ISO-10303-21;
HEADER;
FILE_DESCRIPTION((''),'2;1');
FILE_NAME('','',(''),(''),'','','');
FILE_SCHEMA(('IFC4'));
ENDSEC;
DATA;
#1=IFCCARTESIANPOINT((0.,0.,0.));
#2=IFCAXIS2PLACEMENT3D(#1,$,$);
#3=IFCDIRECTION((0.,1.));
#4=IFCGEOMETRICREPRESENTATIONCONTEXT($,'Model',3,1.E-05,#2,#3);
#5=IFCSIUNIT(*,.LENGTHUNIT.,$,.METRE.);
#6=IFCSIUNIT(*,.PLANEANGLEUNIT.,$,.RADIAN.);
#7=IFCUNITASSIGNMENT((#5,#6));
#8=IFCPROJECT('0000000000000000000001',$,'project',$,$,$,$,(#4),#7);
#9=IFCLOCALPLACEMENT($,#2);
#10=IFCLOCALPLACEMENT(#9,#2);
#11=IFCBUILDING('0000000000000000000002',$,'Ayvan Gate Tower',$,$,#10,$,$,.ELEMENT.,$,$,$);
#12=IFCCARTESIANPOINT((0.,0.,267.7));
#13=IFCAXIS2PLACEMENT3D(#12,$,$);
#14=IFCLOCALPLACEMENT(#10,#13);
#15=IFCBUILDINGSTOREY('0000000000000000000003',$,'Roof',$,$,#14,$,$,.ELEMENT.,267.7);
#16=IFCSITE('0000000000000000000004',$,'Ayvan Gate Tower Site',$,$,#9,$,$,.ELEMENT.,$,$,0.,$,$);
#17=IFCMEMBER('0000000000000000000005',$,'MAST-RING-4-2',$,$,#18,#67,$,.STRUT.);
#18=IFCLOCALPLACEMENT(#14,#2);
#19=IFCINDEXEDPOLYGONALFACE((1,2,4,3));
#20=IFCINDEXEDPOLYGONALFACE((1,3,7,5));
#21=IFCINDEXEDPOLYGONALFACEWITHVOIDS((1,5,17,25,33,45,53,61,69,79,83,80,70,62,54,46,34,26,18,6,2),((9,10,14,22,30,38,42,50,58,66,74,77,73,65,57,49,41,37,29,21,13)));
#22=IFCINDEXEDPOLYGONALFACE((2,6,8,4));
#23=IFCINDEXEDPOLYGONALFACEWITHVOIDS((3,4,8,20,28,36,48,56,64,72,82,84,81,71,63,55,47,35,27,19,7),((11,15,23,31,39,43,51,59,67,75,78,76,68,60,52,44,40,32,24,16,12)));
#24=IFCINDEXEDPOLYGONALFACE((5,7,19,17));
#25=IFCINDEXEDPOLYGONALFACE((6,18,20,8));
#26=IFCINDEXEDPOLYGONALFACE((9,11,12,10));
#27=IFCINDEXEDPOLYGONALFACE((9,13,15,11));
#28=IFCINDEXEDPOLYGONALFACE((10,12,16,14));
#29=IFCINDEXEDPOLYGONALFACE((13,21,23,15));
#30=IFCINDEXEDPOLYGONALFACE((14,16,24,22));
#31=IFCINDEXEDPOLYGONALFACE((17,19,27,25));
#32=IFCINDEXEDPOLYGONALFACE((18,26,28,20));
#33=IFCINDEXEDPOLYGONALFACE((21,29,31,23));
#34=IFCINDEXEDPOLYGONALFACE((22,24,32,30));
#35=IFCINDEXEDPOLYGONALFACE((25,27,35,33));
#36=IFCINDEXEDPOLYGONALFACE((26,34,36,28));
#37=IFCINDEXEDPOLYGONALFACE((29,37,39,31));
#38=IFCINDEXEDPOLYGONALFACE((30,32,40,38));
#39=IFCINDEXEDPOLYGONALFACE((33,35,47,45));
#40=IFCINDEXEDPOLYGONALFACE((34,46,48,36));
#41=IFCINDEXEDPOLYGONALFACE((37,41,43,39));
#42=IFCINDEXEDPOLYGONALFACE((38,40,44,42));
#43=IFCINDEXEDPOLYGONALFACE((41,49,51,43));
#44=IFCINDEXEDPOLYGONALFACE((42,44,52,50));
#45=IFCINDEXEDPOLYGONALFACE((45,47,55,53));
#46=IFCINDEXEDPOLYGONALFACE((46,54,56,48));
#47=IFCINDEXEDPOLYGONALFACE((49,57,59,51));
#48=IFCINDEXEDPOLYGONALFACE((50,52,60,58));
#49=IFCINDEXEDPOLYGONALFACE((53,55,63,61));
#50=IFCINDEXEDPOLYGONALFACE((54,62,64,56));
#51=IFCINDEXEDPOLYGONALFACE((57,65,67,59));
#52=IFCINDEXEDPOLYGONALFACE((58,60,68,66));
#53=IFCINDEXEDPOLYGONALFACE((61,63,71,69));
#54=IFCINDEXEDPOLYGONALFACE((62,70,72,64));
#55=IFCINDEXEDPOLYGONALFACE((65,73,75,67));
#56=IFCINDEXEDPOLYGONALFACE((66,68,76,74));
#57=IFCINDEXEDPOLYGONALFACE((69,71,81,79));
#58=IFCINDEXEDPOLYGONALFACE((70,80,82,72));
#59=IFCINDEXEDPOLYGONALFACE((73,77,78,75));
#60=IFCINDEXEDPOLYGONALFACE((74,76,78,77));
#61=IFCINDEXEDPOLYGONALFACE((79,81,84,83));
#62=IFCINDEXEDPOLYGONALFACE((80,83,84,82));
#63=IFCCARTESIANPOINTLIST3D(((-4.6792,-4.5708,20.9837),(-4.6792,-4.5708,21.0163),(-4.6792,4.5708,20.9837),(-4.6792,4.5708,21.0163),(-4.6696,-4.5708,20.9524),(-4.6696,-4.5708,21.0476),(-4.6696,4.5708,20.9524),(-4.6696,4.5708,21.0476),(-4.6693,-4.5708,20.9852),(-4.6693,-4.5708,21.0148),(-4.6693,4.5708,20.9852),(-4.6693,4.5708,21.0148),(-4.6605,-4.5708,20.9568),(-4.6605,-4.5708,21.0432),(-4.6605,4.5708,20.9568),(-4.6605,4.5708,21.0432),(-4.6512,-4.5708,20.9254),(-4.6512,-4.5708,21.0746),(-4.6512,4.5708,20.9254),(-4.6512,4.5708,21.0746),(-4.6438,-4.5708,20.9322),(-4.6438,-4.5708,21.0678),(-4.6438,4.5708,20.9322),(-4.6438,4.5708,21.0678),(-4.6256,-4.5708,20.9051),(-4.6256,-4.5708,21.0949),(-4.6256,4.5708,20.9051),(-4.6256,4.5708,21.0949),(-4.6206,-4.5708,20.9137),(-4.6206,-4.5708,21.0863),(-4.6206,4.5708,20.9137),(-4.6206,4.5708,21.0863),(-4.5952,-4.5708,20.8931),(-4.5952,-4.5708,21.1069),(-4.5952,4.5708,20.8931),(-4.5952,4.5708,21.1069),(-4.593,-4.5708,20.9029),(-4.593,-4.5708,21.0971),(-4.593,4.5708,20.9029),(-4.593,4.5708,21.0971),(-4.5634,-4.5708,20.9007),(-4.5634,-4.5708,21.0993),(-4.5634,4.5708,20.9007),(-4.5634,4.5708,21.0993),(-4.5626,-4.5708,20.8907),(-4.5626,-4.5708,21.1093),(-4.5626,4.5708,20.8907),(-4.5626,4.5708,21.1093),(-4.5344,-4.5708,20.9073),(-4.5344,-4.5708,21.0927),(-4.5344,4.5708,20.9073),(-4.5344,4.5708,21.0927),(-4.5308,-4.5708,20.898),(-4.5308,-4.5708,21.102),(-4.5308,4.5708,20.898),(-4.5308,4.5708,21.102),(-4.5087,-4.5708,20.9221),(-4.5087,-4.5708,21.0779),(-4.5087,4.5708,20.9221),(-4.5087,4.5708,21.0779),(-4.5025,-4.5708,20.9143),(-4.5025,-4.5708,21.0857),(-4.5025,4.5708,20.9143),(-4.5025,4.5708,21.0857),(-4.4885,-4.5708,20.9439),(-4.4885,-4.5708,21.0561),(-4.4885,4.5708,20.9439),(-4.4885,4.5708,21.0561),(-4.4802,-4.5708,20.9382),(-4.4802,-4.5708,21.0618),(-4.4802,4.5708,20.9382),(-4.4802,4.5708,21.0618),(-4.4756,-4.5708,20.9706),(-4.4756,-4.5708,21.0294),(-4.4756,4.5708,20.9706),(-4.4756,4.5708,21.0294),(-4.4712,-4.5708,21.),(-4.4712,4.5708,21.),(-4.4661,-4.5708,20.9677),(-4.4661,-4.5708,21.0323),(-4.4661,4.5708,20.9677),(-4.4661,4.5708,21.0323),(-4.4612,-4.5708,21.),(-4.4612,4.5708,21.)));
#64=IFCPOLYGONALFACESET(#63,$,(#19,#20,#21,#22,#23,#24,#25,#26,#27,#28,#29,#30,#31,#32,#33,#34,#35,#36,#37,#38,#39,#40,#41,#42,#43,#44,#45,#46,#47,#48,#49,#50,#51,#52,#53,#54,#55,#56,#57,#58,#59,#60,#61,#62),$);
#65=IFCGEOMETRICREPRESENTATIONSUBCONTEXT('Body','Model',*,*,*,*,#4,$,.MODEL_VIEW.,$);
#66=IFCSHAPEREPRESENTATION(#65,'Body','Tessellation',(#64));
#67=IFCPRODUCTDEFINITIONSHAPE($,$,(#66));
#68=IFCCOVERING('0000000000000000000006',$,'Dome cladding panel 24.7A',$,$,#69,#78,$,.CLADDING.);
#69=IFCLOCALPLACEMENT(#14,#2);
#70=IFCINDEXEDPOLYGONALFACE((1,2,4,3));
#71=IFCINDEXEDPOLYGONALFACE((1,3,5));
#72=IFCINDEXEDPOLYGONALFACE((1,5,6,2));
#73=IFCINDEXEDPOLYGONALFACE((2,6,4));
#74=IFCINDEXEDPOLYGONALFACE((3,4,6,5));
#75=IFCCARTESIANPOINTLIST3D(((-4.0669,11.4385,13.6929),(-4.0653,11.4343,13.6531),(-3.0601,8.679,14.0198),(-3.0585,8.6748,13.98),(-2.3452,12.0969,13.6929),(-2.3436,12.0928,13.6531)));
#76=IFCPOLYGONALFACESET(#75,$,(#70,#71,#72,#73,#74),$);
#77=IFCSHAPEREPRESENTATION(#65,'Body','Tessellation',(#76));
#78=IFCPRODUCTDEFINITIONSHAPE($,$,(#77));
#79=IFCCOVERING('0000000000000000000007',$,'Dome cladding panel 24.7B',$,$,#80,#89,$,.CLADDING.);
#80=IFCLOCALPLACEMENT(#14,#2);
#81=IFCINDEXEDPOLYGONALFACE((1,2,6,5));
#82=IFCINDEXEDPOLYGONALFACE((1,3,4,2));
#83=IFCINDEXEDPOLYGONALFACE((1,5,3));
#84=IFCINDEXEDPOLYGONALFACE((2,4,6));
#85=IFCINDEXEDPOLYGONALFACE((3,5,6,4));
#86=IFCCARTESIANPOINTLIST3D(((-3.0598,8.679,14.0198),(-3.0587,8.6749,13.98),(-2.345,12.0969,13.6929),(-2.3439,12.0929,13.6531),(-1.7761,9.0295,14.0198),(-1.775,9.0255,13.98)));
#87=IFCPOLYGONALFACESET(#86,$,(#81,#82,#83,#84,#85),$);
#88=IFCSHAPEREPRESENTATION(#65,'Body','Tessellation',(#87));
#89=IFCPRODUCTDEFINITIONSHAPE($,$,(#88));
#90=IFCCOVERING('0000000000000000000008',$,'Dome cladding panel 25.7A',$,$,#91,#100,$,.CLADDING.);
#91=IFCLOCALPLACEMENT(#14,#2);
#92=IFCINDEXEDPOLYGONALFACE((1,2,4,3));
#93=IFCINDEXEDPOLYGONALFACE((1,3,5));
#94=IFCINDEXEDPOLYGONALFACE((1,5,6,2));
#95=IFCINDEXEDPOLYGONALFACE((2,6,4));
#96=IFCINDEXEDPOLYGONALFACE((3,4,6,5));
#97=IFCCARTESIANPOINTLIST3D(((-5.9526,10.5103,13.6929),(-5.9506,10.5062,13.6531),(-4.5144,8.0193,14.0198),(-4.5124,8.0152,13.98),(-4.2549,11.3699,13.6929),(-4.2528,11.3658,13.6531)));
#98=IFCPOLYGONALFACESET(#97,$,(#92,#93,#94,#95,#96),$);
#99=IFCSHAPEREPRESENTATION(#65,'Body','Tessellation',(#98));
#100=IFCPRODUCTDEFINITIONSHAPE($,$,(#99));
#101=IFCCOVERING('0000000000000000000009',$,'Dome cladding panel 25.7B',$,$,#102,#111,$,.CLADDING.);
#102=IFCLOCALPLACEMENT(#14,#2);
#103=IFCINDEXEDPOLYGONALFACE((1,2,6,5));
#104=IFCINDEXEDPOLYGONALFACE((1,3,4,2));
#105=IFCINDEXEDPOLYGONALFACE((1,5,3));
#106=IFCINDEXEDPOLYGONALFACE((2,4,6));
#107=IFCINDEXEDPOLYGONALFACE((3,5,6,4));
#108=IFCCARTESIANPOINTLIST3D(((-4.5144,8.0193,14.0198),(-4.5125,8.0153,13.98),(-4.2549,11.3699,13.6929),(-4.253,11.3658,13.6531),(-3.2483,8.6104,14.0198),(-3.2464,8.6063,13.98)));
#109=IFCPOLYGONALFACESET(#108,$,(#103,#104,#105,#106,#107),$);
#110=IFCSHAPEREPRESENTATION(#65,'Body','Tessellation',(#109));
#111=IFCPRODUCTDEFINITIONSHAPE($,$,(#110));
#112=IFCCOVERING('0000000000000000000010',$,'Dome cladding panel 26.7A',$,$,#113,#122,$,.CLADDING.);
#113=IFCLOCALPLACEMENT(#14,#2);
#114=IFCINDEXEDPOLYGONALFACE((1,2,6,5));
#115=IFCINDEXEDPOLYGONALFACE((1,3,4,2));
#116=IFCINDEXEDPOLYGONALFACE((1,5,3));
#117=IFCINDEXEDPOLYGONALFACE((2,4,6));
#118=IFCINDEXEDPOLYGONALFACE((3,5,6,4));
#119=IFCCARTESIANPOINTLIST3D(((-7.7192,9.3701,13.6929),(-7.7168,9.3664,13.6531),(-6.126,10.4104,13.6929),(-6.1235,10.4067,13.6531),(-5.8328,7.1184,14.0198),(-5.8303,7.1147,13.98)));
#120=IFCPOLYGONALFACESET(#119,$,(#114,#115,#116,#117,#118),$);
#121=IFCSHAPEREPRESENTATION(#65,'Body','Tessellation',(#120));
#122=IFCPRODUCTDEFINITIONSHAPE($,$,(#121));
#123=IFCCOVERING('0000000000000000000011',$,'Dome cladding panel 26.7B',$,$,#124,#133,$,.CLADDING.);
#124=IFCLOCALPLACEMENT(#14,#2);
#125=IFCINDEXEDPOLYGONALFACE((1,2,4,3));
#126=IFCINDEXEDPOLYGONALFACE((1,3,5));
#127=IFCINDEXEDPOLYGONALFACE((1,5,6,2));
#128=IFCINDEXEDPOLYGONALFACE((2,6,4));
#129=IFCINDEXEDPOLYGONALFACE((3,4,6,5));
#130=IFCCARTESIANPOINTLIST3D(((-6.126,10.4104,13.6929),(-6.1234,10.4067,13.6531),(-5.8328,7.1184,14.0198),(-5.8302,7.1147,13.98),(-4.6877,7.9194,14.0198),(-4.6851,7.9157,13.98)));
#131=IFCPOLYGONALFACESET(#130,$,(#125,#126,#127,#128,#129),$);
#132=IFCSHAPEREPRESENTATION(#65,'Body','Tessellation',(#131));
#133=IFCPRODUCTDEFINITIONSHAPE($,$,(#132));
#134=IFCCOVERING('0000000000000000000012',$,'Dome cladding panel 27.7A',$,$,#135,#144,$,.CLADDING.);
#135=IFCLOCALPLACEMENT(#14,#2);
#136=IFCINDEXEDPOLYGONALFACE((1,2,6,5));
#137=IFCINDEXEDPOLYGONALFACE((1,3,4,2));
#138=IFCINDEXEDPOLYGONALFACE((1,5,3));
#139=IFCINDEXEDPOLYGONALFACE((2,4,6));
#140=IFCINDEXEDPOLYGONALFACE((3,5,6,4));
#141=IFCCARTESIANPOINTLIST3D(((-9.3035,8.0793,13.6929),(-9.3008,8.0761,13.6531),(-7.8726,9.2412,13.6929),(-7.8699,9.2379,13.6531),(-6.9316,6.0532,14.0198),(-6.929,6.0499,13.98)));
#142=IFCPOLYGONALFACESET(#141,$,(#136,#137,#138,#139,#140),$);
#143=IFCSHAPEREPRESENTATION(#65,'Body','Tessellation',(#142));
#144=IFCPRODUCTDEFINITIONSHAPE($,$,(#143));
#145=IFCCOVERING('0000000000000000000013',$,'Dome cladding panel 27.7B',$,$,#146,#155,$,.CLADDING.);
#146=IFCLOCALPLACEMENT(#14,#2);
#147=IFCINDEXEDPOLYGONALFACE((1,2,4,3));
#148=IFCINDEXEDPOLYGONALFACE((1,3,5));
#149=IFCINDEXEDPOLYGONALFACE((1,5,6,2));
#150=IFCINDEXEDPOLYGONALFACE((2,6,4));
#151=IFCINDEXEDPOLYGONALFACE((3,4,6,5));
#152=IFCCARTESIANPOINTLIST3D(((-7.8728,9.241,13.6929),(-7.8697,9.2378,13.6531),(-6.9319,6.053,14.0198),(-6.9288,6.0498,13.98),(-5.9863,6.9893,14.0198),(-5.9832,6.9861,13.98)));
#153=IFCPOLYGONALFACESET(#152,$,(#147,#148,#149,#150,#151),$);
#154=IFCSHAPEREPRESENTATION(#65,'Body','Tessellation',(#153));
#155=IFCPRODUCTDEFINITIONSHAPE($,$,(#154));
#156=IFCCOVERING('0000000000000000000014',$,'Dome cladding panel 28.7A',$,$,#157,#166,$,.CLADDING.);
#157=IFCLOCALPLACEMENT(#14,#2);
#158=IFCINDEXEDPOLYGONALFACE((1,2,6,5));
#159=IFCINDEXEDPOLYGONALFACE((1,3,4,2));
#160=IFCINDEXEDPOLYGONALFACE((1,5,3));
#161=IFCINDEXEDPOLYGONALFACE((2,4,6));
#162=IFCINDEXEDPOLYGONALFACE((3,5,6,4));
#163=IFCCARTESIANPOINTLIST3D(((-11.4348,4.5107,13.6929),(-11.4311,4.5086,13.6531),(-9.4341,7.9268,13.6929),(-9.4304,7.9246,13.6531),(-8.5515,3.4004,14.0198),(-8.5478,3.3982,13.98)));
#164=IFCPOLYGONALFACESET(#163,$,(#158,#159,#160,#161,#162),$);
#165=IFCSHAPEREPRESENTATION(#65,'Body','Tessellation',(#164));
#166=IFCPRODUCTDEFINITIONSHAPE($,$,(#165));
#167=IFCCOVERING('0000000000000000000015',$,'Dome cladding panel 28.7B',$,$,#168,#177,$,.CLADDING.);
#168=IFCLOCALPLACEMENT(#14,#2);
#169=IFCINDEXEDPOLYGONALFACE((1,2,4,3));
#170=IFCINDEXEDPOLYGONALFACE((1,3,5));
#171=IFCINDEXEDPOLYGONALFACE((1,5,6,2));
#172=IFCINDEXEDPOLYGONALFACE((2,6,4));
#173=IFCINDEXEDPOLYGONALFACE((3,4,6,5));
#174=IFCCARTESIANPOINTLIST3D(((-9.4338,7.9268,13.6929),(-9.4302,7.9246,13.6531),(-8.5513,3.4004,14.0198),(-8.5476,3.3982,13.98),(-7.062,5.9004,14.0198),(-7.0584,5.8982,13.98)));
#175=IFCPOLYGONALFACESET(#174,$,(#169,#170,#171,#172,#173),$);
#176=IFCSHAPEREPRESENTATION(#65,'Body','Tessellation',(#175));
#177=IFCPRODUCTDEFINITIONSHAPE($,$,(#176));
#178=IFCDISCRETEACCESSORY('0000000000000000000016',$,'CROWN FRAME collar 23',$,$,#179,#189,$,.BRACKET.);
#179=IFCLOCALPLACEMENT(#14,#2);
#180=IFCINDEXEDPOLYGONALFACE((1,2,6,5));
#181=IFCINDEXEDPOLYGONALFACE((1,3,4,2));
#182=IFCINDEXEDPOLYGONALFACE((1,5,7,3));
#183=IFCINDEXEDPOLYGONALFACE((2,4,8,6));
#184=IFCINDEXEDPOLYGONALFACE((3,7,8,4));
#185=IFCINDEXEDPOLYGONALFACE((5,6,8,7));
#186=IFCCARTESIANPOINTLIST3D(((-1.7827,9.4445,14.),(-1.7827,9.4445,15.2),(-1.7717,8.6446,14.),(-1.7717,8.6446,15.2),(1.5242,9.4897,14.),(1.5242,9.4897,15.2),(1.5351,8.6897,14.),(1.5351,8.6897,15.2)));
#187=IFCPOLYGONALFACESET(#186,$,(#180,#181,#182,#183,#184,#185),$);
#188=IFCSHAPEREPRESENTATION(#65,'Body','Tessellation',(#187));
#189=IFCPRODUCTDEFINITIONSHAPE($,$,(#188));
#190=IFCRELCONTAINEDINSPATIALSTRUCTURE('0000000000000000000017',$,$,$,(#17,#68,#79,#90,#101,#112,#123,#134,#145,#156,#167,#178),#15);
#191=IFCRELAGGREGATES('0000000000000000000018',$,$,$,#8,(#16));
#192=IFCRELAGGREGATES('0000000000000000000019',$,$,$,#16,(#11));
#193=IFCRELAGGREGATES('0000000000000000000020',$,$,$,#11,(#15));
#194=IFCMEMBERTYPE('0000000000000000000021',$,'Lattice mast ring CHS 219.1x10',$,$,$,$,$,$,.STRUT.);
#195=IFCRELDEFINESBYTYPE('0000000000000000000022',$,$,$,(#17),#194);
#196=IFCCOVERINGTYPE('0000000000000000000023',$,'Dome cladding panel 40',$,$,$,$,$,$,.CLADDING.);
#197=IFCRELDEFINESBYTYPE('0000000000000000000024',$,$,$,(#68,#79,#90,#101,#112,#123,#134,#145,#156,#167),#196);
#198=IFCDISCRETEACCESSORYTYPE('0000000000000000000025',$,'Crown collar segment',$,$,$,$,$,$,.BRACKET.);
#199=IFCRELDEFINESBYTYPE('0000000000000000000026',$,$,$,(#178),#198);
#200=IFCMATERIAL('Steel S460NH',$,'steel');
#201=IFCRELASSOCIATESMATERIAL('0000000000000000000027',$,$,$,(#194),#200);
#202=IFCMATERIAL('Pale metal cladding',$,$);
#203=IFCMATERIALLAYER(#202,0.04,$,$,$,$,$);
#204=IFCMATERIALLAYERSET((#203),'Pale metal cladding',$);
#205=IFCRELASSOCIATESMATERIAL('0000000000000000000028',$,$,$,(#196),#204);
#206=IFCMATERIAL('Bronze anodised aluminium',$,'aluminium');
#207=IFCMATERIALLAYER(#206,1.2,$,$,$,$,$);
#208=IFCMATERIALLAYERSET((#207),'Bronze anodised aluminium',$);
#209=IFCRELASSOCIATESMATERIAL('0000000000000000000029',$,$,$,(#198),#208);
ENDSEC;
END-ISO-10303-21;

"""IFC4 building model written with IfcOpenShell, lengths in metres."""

from ifc_helpers import new_model, si_unit, direction, frame, origin, origin_2d, place, context, subcontext, project, spatial, polyline, rectangle, hollow_circle, outline, extrude, material, layer, layer_set, material_profile, profile_set, type_object, element, save


model = new_model("IFC4")

# Units and contexts
model_context = context("Model", 3, precision=1e-05, world=origin(), true_north=direction((0.0, 1.0)))
body_context = subcontext(model_context, "Body", "Model", "MODEL_VIEW")
ifc_project = project(units=[si_unit("LENGTHUNIT", "METRE"), si_unit("PLANEANGLEUNIT", "RADIAN")], contexts=[model_context])

# Site, building, storey
site_placement = place(None, origin())
site = spatial("IfcSite", under=ifc_project, at=site_placement, Name="Ayvan Gate Tower Site", CompositionType="ELEMENT", RefElevation=0.0)
building_placement = place(site_placement, origin())
building = spatial("IfcBuilding", under=site, at=building_placement, Name="Ayvan Gate Tower", CompositionType="ELEMENT")
storey_placement = place(building_placement, frame((0.0, 0.0, 267.7)))
storey = spatial("IfcBuildingStorey", under=building, at=storey_placement, Name="Roof", CompositionType="ELEMENT", Elevation=267.7)

# Member
ifc_material_1 = material(Name="Steel S460NH", Category="steel")
ifc_material_profile_1 = material_profile(ifc_material_1, hollow_circle(Radius=0.1096, WallThickness=0.01, at=origin_2d()), Name="CHS 219.1x10")
ifc_profile_set_1 = profile_set([ifc_material_profile_1], Name="Steel S460NH")
member_type_1 = type_object("IfcMemberType", Name="Lattice mast ring CHS 219.1x10", PredefinedType="STRUT", material=ifc_profile_set_1)
member_1_placement = place(storey_placement, frame((-4.5708, 4.5708, 21.0), z_axis=(0.0, -1.0, 0.0), x_axis=(1.0, 0.0, 0.0)))
element("IfcMember", 1, at=member_1_placement, inside=storey, type_object=member_type_1, Name="MAST-RING-4-2", PredefinedType="STRUT", context=body_context, shape_type="SweptSolid", body=[
    extrude(hollow_circle(Radius=0.1096, WallThickness=0.01, at=origin_2d()), origin(), (0.0, 0.0, 1.0), 9.1416),
])

# Coverings
ifc_material_2 = material(Name="Pale metal cladding")
ifc_layer_1 = layer(ifc_material_2, 0.04)
ifc_layer_set_1 = layer_set([ifc_layer_1], Name="Pale metal cladding")
covering_type = type_object("IfcCoveringType", Name="Dome cladding panel 40", PredefinedType="CLADDING", material=ifc_layer_set_1)
covering_1_placement = place(storey_placement, frame((-2.3452, 12.0969, 13.6929), z_axis=(-0.039514, 0.10332, 0.993863), x_axis=(-0.934023, -0.357212, 0.0)))
element("IfcCovering", 2, at=covering_1_placement, inside=storey, type_object=covering_type, Name="Dome cladding panel 24.7A", PredefinedType="CLADDING", context=body_context, shape_type="SweptSolid", body=[
    extrude(outline(polyline([(0.0, 0.0), (1.8433, 0.0), (1.8886, 2.9552), (0.0, 0.0)])), origin(), (0.0, 0.0, -1.0), 0.04),
])
covering_2_placement = place(storey_placement, frame((-2.345, 12.0969, 13.6929), z_axis=(-0.027551, 0.100881, 0.994517), x_axis=(-0.203822, -0.974561, 0.09321)))
element("IfcCovering", 3, at=covering_2_placement, inside=storey, type_object=covering_type, Name="Dome cladding panel 24.7B", PredefinedType="CLADDING", context=body_context, shape_type="SweptSolid", body=[
    extrude(outline(polyline([(0.0, 0.0), (3.5072, 0.0), (2.9039, 1.1861), (0.0, 0.0)])), origin(), (0.0, 0.0, -1.0), 0.04),
])
covering_3_placement = place(storey_placement, frame((-4.2549, 11.3699, 13.6929), z_axis=(-0.051087, 0.100897, 0.993584), x_axis=(-0.892158, -0.451724, 0.0)))
element("IfcCovering", 4, at=covering_3_placement, inside=storey, type_object=covering_type, Name="Dome cladding panel 25.7A", PredefinedType="CLADDING", context=body_context, shape_type="SweptSolid", body=[
    extrude(outline(polyline([(0.0, 0.0), (1.903, 0.0), (1.7451, 2.8906), (0.0, 0.0)])), origin(), (0.0, 0.0, -1.0), 0.04),
])
covering_4_placement = place(storey_placement, frame((-4.2549, 11.3699, 13.6929), z_axis=(-0.046964, 0.100601, 0.993818), x_axis=(-0.076861, -0.99233, 0.096818)))
element("IfcCovering", 5, at=covering_4_placement, inside=storey, type_object=covering_type, Name="Dome cladding panel 25.7B", PredefinedType="CLADDING", context=body_context, shape_type="SweptSolid", body=[
    extrude(outline(polyline([(0.0, 0.0), (3.3765, 0.0), (2.6926, 1.2185), (0.0, 0.0)])), origin(), (0.0, 0.0, -1.0), 0.04),
])
covering_5_placement = place(storey_placement, frame((-6.126, 10.4104, 13.6929), z_axis=(-0.060893, 0.093261, 0.993778), x_axis=(-0.837322, -0.54671, 0.0)))
element("IfcCovering", 6, at=covering_5_placement, inside=storey, type_object=covering_type, Name="Dome cladding panel 26.7A", PredefinedType="CLADDING", context=body_context, shape_type="SweptSolid", body=[
    extrude(outline(polyline([(0.0, 0.0), (1.9028, 0.0), (1.5543, 2.935), (0.0, 0.0)])), origin(), (0.0, 0.0, -1.0), 0.04),
])
covering_6_placement = place(storey_placement, frame((-6.126, 10.4104, 13.6929), z_axis=(-0.064973, 0.092876, 0.993555), x_axis=(0.088286, -0.99122, 0.098431)))
element("IfcCovering", 7, at=covering_6_placement, inside=storey, type_object=covering_type, Name="Dome cladding panel 26.7B", PredefinedType="CLADDING", context=body_context, shape_type="SweptSolid", body=[
    extrude(outline(polyline([(0.0, 0.0), (3.3212, 0.0), (2.6282, 1.2135), (0.0, 0.0)])), origin(), (0.0, 0.0, -1.0), 0.04),
])
covering_7_placement = place(storey_placement, frame((-7.8726, 9.2412, 13.6929), z_axis=(-0.066788, 0.082253, 0.994371), x_axis=(-0.776312, -0.630348, 0.0)))
element("IfcCovering", 8, at=covering_7_placement, inside=storey, type_object=covering_type, Name="Dome cladding panel 27.7A", PredefinedType="CLADDING", context=body_context, shape_type="SweptSolid", body=[
    extrude(outline(polyline([(0.0, 0.0), (1.8432, 0.0), (1.2791, 3.0853), (0.0, 0.0)])), origin(), (0.0, 0.0, -1.0), 0.04),
])
covering_8_placement = place(storey_placement, frame((-7.8728, 9.241, 13.6929), z_axis=(-0.078088, 0.078862, 0.993822), x_axis=(0.281714, -0.954493, 0.097876)))
element("IfcCovering", 9, at=covering_8_placement, inside=storey, type_object=covering_type, Name="Dome cladding panel 27.7B", PredefinedType="CLADDING", context=body_context, shape_type="SweptSolid", body=[
    extrude(outline(polyline([(0.0, 0.0), (3.34, 0.0), (2.7127, 1.1735), (0.0, 0.0)])), origin(), (0.0, 0.0, -1.0), 0.04),
])
covering_9_placement = place(storey_placement, frame((-9.4341, 7.9268, 13.6929), z_axis=(-0.091985, 0.053875, 0.994302), x_axis=(-0.505389, -0.862892, 0.0)))
element("IfcCovering", 10, at=covering_9_placement, inside=storey, type_object=covering_type, Name="Dome cladding panel 28.7A", PredefinedType="CLADDING", context=body_context, shape_type="SweptSolid", body=[
    extrude(outline(polyline([(0.0, 0.0), (3.9588, 0.0), (3.4597, 3.0666), (0.0, 0.0)])), origin(), (0.0, 0.0, -1.0), 0.04),
])
covering_10_placement = place(storey_placement, frame((-9.4338, 7.9268, 13.6929), z_axis=(-0.090829, 0.054107, 0.994396), x_axis=(0.190901, -0.979059, 0.07071)))
element("IfcCovering", 11, at=covering_10_placement, inside=storey, type_object=covering_type, Name="Dome cladding panel 28.7B", PredefinedType="CLADDING", context=body_context, shape_type="SweptSolid", body=[
    extrude(outline(polyline([(0.0, 0.0), (4.6232, 0.0), (2.4598, 1.9462), (0.0, 0.0)])), origin(), (0.0, 0.0, -1.0), 0.04),
])

# Discrete accessory
ifc_material_3 = material(Name="Bronze anodised aluminium", Category="aluminium")
ifc_layer_2 = layer(ifc_material_3, 1.2)
ifc_layer_set_2 = layer_set([ifc_layer_2], Name="Bronze anodised aluminium")
discrete_accessory_type_1 = type_object("IfcDiscreteAccessoryType", Name="Crown collar segment", PredefinedType="BRACKET", material=ifc_layer_set_2)
discrete_accessory_1_placement = place(storey_placement, frame((-0.1238, 9.0671, 14.0), z_axis=(0.0, 0.0, 1.0), x_axis=(-0.999907, -0.013663, 0.0)))
element("IfcDiscreteAccessory", 12, at=discrete_accessory_1_placement, inside=storey, type_object=discrete_accessory_type_1, Name="CROWN FRAME collar 23", PredefinedType="BRACKET", context=body_context, shape_type="SweptSolid", body=[
    extrude(rectangle(XDim=3.3071, YDim=0.8, at=origin_2d()), origin(), (0.0, 0.0, 1.0), 1.2),
])

save(model, "model.ifc")
